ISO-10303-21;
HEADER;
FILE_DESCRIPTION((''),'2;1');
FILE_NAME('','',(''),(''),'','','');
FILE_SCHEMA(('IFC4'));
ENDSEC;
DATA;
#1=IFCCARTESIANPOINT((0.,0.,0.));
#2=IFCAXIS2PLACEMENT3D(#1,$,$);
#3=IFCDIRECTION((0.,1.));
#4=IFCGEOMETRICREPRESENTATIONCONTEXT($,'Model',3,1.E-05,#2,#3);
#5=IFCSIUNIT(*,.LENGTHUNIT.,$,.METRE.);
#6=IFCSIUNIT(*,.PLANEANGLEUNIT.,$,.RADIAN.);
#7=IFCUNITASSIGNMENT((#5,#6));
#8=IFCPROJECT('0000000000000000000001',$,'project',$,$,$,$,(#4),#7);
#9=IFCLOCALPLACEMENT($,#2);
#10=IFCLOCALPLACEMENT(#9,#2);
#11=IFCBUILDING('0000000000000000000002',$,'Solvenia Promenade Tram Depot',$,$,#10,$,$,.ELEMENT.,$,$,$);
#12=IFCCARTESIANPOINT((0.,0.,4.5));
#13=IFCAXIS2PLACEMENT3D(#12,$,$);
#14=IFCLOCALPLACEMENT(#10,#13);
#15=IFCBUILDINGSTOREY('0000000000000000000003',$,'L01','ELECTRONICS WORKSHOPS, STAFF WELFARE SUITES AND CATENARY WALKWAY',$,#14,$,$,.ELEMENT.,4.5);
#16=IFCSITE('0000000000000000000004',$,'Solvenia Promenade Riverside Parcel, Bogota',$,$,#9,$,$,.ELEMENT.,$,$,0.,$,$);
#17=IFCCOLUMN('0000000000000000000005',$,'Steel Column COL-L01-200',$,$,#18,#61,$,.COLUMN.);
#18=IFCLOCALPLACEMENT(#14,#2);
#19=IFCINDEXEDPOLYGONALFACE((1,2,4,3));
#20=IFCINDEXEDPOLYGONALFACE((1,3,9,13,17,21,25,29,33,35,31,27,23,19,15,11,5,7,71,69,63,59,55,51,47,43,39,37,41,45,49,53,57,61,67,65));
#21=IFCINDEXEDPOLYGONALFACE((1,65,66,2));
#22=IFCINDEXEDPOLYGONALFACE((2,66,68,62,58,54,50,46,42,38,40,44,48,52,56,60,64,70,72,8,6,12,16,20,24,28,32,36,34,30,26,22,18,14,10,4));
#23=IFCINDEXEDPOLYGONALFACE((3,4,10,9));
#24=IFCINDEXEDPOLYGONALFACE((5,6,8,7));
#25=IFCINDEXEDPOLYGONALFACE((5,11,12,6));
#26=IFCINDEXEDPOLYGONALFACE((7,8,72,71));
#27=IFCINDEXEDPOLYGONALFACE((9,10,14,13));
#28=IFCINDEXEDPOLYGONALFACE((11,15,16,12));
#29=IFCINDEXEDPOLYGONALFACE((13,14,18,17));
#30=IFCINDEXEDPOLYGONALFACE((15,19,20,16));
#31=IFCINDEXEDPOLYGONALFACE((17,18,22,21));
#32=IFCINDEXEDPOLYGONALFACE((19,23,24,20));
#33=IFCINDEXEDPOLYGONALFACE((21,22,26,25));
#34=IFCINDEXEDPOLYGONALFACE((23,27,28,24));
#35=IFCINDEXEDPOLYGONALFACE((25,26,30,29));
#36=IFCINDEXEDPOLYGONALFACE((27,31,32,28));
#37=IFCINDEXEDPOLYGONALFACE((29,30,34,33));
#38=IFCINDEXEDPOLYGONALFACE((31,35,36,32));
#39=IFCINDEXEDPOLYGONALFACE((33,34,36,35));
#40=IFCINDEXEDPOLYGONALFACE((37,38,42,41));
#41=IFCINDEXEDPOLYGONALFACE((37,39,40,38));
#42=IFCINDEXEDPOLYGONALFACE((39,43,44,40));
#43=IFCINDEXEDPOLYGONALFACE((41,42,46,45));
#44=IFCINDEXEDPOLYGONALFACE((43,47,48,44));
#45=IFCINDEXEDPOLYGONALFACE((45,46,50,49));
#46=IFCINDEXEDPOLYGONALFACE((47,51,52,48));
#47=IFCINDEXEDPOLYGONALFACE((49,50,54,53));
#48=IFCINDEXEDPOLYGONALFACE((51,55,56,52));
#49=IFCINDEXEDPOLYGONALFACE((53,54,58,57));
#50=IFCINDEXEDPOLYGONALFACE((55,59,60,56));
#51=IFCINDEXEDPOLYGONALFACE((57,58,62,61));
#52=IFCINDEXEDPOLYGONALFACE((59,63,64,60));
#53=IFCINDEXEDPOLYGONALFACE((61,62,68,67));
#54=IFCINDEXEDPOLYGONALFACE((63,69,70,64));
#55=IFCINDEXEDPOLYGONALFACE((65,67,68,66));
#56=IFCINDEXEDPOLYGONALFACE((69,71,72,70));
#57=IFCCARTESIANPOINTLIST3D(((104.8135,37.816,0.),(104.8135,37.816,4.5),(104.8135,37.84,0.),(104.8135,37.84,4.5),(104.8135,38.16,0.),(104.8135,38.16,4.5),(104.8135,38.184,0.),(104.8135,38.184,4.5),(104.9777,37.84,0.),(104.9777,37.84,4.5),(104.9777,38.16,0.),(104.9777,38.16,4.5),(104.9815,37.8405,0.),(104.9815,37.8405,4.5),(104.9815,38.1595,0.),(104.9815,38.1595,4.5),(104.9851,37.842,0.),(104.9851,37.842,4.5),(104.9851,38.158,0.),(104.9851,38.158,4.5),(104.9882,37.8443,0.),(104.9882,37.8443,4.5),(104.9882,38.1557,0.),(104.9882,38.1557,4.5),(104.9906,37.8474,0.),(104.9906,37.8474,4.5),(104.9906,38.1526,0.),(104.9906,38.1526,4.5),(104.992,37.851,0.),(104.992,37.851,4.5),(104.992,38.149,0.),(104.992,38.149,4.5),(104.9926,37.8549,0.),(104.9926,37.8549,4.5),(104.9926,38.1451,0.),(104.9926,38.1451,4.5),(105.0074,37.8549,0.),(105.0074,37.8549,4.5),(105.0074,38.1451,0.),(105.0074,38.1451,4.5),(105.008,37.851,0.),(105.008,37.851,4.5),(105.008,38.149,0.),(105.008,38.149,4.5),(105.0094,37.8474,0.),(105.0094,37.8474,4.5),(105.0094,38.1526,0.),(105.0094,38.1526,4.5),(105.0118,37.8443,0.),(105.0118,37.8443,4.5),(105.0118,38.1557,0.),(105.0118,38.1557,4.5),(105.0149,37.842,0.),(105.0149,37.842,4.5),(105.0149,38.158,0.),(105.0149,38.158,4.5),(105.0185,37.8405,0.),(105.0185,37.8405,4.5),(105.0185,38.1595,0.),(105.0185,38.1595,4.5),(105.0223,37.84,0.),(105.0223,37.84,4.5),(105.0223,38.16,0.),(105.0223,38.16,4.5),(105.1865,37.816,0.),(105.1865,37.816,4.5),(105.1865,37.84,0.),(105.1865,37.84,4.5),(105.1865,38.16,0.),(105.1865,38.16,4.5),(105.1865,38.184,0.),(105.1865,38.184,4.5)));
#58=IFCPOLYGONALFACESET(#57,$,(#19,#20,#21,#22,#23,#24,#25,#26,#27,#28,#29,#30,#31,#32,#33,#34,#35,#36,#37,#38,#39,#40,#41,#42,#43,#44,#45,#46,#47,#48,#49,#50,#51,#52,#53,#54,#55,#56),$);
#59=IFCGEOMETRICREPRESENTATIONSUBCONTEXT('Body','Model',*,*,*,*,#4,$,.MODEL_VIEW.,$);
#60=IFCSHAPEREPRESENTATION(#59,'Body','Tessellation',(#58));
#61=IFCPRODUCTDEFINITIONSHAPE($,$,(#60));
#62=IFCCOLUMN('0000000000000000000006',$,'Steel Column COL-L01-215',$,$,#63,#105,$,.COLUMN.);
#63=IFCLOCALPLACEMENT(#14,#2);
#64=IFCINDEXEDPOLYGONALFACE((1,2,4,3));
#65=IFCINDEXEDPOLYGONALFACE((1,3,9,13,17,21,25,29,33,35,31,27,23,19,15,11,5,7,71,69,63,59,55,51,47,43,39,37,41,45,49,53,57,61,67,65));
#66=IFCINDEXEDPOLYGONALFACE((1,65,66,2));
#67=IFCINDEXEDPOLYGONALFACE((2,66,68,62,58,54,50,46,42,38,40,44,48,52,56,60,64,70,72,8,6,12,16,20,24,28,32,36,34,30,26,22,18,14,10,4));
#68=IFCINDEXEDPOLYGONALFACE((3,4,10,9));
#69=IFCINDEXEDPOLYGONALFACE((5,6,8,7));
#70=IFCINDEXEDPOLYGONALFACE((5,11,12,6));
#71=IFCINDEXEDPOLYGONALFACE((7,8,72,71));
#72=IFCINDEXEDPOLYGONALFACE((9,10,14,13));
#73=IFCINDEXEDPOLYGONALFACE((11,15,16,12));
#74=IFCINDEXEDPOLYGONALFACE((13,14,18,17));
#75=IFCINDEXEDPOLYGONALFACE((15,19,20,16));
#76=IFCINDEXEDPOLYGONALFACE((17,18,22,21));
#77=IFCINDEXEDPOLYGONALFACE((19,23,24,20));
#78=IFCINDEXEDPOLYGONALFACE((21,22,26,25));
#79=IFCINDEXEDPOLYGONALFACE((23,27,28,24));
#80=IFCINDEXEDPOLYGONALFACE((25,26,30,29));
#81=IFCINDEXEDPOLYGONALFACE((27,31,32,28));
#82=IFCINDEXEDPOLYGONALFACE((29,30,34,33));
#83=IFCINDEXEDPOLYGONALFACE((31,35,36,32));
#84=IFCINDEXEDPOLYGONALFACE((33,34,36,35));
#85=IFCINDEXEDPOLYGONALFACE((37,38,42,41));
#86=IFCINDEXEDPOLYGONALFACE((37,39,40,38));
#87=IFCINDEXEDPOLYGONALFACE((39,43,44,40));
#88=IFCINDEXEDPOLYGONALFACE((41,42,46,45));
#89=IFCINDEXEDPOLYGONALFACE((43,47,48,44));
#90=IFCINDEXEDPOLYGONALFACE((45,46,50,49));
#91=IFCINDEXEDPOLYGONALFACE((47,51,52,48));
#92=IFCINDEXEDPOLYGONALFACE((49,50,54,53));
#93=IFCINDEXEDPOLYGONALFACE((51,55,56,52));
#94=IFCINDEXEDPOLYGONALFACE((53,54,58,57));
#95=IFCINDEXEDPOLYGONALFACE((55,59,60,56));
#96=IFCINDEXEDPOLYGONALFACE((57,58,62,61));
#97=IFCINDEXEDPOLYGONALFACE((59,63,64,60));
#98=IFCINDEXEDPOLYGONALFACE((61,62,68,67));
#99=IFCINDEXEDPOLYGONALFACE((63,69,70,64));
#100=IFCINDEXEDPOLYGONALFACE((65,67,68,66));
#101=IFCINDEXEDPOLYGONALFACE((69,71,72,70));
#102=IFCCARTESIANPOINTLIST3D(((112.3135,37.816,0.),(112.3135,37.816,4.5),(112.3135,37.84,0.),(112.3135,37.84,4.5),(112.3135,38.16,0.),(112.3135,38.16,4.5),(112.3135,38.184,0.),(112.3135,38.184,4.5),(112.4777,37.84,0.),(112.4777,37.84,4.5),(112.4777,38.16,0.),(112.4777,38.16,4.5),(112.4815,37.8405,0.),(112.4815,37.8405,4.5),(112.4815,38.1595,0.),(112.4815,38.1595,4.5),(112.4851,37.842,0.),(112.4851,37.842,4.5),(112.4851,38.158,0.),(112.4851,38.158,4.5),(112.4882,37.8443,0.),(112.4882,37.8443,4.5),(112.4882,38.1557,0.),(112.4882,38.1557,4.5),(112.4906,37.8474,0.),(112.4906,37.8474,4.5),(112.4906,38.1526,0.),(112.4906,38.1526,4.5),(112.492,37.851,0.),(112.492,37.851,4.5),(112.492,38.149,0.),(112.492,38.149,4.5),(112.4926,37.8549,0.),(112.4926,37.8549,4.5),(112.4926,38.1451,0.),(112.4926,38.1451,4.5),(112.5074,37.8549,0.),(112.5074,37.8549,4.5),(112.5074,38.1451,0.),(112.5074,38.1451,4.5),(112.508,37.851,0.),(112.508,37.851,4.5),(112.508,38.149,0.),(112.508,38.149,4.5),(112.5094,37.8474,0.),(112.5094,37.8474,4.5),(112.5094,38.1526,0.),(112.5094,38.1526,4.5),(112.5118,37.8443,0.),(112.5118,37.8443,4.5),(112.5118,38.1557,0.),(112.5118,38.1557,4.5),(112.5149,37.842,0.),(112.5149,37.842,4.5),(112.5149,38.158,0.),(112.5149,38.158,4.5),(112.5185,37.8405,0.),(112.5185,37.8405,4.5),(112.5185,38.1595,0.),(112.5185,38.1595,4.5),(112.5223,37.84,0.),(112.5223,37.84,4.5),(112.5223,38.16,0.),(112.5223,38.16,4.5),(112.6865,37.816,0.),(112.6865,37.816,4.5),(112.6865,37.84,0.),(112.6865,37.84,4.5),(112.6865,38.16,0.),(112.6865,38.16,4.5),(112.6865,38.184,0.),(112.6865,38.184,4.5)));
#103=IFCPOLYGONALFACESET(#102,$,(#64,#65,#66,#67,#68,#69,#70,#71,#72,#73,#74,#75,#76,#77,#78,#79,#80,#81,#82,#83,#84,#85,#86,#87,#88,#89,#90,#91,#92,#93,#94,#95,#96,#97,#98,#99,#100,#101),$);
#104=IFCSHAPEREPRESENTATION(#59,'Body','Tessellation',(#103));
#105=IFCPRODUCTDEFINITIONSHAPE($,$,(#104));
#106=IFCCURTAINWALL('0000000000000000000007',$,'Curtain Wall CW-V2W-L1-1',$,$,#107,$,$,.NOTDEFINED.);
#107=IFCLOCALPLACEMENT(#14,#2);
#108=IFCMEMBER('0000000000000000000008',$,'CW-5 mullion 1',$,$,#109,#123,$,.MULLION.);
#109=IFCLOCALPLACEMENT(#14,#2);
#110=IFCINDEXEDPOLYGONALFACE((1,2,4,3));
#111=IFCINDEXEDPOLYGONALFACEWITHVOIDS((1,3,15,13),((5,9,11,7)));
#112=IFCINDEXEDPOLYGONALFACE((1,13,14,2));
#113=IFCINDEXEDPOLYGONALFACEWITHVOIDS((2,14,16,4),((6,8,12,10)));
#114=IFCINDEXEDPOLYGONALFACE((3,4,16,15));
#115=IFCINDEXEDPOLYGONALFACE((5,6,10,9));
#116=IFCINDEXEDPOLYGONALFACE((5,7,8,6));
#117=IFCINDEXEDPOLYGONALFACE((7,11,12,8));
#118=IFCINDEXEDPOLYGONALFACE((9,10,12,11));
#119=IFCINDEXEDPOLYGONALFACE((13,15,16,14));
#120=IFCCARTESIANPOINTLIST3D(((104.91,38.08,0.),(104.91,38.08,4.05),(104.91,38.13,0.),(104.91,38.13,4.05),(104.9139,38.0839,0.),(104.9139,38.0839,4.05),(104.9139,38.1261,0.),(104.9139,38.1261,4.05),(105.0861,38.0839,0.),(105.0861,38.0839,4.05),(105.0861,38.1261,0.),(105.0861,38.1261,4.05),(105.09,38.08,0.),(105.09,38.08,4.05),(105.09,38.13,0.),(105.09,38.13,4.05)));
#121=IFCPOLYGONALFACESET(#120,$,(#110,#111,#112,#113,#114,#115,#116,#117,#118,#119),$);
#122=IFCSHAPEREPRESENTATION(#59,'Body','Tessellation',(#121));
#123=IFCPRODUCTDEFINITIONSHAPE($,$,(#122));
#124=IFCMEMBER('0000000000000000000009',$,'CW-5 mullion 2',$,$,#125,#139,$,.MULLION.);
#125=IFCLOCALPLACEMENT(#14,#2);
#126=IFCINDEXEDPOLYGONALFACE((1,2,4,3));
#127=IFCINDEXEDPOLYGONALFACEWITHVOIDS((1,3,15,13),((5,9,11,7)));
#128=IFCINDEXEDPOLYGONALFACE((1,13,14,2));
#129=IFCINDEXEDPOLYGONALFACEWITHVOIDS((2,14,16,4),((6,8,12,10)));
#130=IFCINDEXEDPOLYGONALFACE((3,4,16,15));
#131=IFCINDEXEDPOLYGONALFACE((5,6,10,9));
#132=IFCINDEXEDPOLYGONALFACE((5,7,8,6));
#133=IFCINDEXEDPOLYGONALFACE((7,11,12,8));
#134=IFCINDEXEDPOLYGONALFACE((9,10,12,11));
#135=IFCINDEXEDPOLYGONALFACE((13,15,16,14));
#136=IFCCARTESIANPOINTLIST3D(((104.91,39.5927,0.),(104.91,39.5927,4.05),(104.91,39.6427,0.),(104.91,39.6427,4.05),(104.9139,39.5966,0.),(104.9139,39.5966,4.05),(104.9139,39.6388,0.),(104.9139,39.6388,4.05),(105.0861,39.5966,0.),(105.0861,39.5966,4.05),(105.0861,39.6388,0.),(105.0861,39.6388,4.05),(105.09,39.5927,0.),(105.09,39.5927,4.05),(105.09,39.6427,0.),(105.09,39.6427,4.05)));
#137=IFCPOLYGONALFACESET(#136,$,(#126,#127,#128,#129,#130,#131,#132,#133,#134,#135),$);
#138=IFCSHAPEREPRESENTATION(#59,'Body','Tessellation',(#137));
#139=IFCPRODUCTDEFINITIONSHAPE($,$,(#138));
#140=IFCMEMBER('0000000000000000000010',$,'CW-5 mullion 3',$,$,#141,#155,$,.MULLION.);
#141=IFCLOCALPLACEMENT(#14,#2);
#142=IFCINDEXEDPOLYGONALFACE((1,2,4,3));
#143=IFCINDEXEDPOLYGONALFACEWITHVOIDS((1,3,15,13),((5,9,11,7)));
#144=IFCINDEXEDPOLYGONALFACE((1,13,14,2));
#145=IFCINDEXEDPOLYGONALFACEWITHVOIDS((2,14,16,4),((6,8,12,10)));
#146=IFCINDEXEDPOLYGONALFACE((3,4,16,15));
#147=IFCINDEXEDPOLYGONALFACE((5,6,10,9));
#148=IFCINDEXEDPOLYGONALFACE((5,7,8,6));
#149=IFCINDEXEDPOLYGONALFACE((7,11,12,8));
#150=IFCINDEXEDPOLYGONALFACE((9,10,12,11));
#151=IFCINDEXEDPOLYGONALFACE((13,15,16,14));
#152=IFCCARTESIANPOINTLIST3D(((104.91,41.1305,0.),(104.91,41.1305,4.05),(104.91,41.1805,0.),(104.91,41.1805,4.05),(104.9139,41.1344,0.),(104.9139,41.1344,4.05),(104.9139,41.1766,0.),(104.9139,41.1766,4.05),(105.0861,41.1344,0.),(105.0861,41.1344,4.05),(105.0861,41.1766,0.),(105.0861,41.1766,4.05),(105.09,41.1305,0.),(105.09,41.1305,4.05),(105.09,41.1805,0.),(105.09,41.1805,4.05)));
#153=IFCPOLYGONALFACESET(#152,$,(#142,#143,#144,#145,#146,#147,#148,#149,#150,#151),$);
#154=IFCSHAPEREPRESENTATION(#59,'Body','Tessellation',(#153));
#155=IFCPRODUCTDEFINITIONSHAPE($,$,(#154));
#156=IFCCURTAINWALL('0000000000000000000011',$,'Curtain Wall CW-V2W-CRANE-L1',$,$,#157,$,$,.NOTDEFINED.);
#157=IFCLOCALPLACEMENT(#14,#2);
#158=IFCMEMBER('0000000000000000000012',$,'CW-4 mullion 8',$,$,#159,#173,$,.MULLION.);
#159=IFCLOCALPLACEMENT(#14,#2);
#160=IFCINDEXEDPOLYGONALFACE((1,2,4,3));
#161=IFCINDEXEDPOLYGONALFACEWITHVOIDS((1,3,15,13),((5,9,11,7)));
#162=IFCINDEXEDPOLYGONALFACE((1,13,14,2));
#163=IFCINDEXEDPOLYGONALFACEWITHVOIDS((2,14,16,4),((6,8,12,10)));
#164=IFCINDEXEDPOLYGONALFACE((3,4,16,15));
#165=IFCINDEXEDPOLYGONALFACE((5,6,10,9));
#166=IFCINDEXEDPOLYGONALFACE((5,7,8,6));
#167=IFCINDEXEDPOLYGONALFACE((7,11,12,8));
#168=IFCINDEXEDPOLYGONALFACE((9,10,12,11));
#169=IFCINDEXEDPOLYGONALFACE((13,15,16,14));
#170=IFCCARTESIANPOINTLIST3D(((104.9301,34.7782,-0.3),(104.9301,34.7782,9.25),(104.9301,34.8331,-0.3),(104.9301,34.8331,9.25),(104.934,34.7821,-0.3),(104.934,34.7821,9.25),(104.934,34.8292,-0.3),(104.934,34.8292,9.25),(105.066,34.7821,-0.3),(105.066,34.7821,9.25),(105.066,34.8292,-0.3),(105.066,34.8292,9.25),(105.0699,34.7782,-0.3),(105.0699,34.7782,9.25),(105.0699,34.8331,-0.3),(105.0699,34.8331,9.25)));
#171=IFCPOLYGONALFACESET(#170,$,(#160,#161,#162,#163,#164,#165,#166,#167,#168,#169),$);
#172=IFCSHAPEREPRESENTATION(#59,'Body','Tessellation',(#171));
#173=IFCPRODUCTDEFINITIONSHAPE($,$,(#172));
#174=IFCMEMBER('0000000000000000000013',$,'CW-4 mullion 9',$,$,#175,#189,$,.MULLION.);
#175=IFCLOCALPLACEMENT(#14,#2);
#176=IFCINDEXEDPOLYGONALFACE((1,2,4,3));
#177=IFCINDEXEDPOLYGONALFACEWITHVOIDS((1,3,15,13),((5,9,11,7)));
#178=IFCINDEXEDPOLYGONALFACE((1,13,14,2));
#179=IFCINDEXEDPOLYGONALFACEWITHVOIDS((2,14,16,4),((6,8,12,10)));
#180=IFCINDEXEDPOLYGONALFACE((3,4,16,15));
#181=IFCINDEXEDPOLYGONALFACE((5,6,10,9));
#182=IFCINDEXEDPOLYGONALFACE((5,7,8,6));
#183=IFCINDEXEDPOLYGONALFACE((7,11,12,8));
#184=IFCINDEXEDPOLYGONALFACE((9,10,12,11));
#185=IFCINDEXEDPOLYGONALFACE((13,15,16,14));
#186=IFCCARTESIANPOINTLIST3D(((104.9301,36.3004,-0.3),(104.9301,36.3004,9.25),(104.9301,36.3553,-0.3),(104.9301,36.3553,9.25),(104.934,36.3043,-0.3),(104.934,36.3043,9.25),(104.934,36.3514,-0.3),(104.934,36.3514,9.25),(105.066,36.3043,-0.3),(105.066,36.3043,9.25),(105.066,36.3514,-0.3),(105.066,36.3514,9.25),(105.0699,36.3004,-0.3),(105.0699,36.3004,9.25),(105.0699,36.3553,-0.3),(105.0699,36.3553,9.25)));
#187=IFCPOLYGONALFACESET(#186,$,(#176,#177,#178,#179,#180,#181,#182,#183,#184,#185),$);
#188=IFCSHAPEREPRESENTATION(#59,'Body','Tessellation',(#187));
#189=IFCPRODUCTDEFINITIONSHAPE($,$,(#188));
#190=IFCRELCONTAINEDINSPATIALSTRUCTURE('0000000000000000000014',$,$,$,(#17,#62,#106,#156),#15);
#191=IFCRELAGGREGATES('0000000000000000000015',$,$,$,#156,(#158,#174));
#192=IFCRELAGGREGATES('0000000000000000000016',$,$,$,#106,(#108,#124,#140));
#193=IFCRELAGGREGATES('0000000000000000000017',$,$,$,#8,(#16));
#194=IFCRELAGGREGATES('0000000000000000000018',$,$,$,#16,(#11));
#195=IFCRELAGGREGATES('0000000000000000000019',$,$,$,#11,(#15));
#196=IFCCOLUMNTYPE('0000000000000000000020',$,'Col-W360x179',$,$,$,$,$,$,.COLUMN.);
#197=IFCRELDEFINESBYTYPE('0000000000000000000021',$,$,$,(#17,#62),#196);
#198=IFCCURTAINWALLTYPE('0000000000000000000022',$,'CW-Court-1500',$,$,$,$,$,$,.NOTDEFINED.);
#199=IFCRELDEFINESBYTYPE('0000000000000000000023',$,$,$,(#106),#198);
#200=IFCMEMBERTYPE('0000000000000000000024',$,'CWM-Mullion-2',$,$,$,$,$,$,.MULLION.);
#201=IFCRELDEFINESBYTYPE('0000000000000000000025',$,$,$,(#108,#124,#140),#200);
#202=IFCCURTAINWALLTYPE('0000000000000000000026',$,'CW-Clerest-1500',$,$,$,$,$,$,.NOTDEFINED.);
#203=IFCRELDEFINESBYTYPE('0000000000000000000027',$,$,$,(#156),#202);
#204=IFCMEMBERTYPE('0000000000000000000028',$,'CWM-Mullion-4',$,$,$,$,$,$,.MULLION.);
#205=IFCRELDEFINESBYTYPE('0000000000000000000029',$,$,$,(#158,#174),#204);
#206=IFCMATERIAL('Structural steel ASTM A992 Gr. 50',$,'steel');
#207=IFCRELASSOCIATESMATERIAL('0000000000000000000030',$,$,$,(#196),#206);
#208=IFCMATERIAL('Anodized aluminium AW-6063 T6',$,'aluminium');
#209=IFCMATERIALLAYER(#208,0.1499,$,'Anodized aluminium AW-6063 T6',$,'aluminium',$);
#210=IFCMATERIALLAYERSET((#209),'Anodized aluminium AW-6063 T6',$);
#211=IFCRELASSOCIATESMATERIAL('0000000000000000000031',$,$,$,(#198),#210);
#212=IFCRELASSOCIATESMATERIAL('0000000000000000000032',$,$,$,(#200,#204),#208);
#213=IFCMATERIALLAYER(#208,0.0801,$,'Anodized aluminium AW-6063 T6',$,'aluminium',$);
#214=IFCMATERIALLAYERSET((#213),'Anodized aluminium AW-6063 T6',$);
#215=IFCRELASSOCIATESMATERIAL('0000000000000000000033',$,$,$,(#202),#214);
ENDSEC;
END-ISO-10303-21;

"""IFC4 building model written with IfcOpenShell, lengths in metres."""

from ifc_helpers import new_model, si_unit, direction, frame, origin, origin_2d, place, context, subcontext, project, spatial, hollow_rectangle, i_section, extrude, material, layer, layer_set, material_profile, profile_set, type_object, element, aggregate, save


model = new_model("IFC4")

# Units and contexts
model_context = context("Model", 3, precision=1e-05, world=origin(), true_north=direction((0.0, 1.0)))
body_context = subcontext(model_context, "Body", "Model", "MODEL_VIEW")
ifc_project = project(units=[si_unit("LENGTHUNIT", "METRE"), si_unit("PLANEANGLEUNIT", "RADIAN")], contexts=[model_context])

# Site, building, storey
site_placement = place(None, origin())
site = spatial("IfcSite", under=ifc_project, at=site_placement, Name="Solvenia Promenade Riverside Parcel, Bogota", CompositionType="ELEMENT", RefElevation=0.0)
building_placement = place(site_placement, origin())
building = spatial("IfcBuilding", under=site, at=building_placement, Name="Solvenia Promenade Tram Depot", CompositionType="ELEMENT")
storey_placement = place(building_placement, frame((0.0, 0.0, 4.5)))
storey = spatial("IfcBuildingStorey", under=building, at=storey_placement, Name="L01", Description="ELECTRONICS WORKSHOPS, STAFF WELFARE SUITES AND CATENARY WALKWAY", CompositionType="ELEMENT", Elevation=4.5)

# Columns
ifc_material_1 = material(Name="Structural steel ASTM A992 Gr. 50", Category="steel")
ifc_material_profile_1 = material_profile(ifc_material_1, i_section(OverallWidth=0.373, OverallDepth=0.3679, WebThickness=0.0149, FlangeThickness=0.0239, FilletRadius=0.0149, at=origin_2d()), Name="W360x179", Category="steel")
ifc_profile_set_1 = profile_set([ifc_material_profile_1], Name="Structural steel ASTM A992 Gr. 50")
column_type = type_object("IfcColumnType", Name="Col-W360x179", PredefinedType="COLUMN", material=ifc_profile_set_1)
for number, where, z_axis, x_axis, name in (
    (1, (105.0, 38.0, 0.0), (0.0, 0.0, 1.0), (1.0, 0.0, 0.0), "Steel Column COL-L01-200"),
    (2, (112.5, 38.0, 0.0), (0.0, 0.0, 1.0), (1.0, 0.0, 0.0), "Steel Column COL-L01-215"),
):
    element("IfcColumn", number, at=place(storey_placement, frame(where, z_axis=z_axis, x_axis=x_axis)), inside=storey, type_object=column_type, Name=name, PredefinedType="COLUMN", context=body_context, shape_type="SweptSolid", body=[
        extrude(i_section(OverallWidth=0.373, OverallDepth=0.3679, WebThickness=0.0149, FlangeThickness=0.0239, FilletRadius=0.0149, at=origin_2d()), origin(), (0.0, 0.0, 1.0), 4.5),
    ])

# Curtain walls, members
ifc_material_2 = material(Name="Anodized aluminium AW-6063 T6", Category="aluminium")
ifc_layer_1 = layer(ifc_material_2, 0.1499, Name="Anodized aluminium AW-6063 T6", Category="aluminium")
ifc_layer_set_1 = layer_set([ifc_layer_1], Name="Anodized aluminium AW-6063 T6")
curtain_wall_type_1 = type_object("IfcCurtainWallType", Name="CW-Court-1500", PredefinedType="NOTDEFINED", material=ifc_layer_set_1)
curtain_wall_1_placement = place(storey_placement, origin())
curtain_wall_1 = element("IfcCurtainWall", 3, at=curtain_wall_1_placement, inside=storey, type_object=curtain_wall_type_1, Name="Curtain Wall CW-V2W-L1-1", PredefinedType="NOTDEFINED")
ifc_material_profile_2 = material_profile(ifc_material_2, hollow_rectangle(XDim=0.1799, YDim=0.05, WallThickness=0.0039, at=origin_2d()), Name="ALU-M2", Category="aluminium")
ifc_profile_set_2 = profile_set([ifc_material_profile_2], Name="Anodized aluminium AW-6063 T6")
member_type_1 = type_object("IfcMemberType", Name="CWM-Mullion-2", PredefinedType="MULLION", material=ifc_profile_set_2)
member_1_placement = place(storey_placement, frame((105.0, 38.105, 0.0), z_axis=(0.0, 0.0, 1.0), x_axis=(-1.0, 0.0, 0.0)))
member_1 = element("IfcMember", 4, at=member_1_placement, type_object=member_type_1, Name="CW-5 mullion 1", PredefinedType="MULLION", context=body_context, shape_type="SweptSolid", body=[
    extrude(hollow_rectangle(XDim=0.1799, YDim=0.05, WallThickness=0.0039, at=origin_2d()), origin(), (0.0, 0.0, 1.0), 4.05),
])
member_2_placement = place(storey_placement, frame((105.0, 39.6177, 0.0), z_axis=(0.0, 0.0, 1.0), x_axis=(-1.0, 0.0, 0.0)))
member_2 = element("IfcMember", 5, at=member_2_placement, type_object=member_type_1, Name="CW-5 mullion 2", PredefinedType="MULLION", context=body_context, shape_type="SweptSolid", body=[
    extrude(hollow_rectangle(XDim=0.1799, YDim=0.05, WallThickness=0.0039, at=origin_2d()), origin(), (0.0, 0.0, 1.0), 4.05),
])
member_3_placement = place(storey_placement, frame((105.0, 41.1555, 0.0), z_axis=(0.0, 0.0, 1.0), x_axis=(-1.0, 0.0, 0.0)))
member_3 = element("IfcMember", 6, at=member_3_placement, type_object=member_type_1, Name="CW-5 mullion 3", PredefinedType="MULLION", context=body_context, shape_type="SweptSolid", body=[
    extrude(hollow_rectangle(XDim=0.1799, YDim=0.05, WallThickness=0.0039, at=origin_2d()), origin(), (0.0, 0.0, 1.0), 4.05),
])
ifc_layer_2 = layer(ifc_material_2, 0.0801, Name="Anodized aluminium AW-6063 T6", Category="aluminium")
ifc_layer_set_2 = layer_set([ifc_layer_2], Name="Anodized aluminium AW-6063 T6")
curtain_wall_type_2 = type_object("IfcCurtainWallType", Name="CW-Clerest-1500", PredefinedType="NOTDEFINED", material=ifc_layer_set_2)
curtain_wall_2_placement = place(storey_placement, origin())
curtain_wall_2 = element("IfcCurtainWall", 7, at=curtain_wall_2_placement, inside=storey, type_object=curtain_wall_type_2, Name="Curtain Wall CW-V2W-CRANE-L1", PredefinedType="NOTDEFINED")
ifc_material_profile_3 = material_profile(ifc_material_2, hollow_rectangle(XDim=0.1399, YDim=0.0549, WallThickness=0.0039, at=origin_2d()), Name="ALU-M4", Category="aluminium")
ifc_profile_set_3 = profile_set([ifc_material_profile_3], Name="Anodized aluminium AW-6063 T6")
member_type_2 = type_object("IfcMemberType", Name="CWM-Mullion-4", PredefinedType="MULLION", material=ifc_profile_set_3)
member_4_placement = place(storey_placement, frame((105.0, 34.8057, -0.3), z_axis=(0.0, 0.0, 1.0), x_axis=(-1.0, 0.0, 0.0)))
member_4 = element("IfcMember", 8, at=member_4_placement, type_object=member_type_2, Name="CW-4 mullion 8", PredefinedType="MULLION", context=body_context, shape_type="SweptSolid", body=[
    extrude(hollow_rectangle(XDim=0.1399, YDim=0.0549, WallThickness=0.0039, at=origin_2d()), origin(), (0.0, 0.0, 1.0), 9.55),
])
member_5_placement = place(storey_placement, frame((105.0, 36.3279, -0.3), z_axis=(0.0, 0.0, 1.0), x_axis=(-1.0, 0.0, 0.0)))
member_5 = element("IfcMember", 9, at=member_5_placement, type_object=member_type_2, Name="CW-4 mullion 9", PredefinedType="MULLION", context=body_context, shape_type="SweptSolid", body=[
    extrude(hollow_rectangle(XDim=0.1399, YDim=0.0549, WallThickness=0.0039, at=origin_2d()), origin(), (0.0, 0.0, 1.0), 9.55),
])

aggregate(curtain_wall_2, [member_4, member_5])
aggregate(curtain_wall_1, [member_1, member_2, member_3])

save(model, "model.ifc")
